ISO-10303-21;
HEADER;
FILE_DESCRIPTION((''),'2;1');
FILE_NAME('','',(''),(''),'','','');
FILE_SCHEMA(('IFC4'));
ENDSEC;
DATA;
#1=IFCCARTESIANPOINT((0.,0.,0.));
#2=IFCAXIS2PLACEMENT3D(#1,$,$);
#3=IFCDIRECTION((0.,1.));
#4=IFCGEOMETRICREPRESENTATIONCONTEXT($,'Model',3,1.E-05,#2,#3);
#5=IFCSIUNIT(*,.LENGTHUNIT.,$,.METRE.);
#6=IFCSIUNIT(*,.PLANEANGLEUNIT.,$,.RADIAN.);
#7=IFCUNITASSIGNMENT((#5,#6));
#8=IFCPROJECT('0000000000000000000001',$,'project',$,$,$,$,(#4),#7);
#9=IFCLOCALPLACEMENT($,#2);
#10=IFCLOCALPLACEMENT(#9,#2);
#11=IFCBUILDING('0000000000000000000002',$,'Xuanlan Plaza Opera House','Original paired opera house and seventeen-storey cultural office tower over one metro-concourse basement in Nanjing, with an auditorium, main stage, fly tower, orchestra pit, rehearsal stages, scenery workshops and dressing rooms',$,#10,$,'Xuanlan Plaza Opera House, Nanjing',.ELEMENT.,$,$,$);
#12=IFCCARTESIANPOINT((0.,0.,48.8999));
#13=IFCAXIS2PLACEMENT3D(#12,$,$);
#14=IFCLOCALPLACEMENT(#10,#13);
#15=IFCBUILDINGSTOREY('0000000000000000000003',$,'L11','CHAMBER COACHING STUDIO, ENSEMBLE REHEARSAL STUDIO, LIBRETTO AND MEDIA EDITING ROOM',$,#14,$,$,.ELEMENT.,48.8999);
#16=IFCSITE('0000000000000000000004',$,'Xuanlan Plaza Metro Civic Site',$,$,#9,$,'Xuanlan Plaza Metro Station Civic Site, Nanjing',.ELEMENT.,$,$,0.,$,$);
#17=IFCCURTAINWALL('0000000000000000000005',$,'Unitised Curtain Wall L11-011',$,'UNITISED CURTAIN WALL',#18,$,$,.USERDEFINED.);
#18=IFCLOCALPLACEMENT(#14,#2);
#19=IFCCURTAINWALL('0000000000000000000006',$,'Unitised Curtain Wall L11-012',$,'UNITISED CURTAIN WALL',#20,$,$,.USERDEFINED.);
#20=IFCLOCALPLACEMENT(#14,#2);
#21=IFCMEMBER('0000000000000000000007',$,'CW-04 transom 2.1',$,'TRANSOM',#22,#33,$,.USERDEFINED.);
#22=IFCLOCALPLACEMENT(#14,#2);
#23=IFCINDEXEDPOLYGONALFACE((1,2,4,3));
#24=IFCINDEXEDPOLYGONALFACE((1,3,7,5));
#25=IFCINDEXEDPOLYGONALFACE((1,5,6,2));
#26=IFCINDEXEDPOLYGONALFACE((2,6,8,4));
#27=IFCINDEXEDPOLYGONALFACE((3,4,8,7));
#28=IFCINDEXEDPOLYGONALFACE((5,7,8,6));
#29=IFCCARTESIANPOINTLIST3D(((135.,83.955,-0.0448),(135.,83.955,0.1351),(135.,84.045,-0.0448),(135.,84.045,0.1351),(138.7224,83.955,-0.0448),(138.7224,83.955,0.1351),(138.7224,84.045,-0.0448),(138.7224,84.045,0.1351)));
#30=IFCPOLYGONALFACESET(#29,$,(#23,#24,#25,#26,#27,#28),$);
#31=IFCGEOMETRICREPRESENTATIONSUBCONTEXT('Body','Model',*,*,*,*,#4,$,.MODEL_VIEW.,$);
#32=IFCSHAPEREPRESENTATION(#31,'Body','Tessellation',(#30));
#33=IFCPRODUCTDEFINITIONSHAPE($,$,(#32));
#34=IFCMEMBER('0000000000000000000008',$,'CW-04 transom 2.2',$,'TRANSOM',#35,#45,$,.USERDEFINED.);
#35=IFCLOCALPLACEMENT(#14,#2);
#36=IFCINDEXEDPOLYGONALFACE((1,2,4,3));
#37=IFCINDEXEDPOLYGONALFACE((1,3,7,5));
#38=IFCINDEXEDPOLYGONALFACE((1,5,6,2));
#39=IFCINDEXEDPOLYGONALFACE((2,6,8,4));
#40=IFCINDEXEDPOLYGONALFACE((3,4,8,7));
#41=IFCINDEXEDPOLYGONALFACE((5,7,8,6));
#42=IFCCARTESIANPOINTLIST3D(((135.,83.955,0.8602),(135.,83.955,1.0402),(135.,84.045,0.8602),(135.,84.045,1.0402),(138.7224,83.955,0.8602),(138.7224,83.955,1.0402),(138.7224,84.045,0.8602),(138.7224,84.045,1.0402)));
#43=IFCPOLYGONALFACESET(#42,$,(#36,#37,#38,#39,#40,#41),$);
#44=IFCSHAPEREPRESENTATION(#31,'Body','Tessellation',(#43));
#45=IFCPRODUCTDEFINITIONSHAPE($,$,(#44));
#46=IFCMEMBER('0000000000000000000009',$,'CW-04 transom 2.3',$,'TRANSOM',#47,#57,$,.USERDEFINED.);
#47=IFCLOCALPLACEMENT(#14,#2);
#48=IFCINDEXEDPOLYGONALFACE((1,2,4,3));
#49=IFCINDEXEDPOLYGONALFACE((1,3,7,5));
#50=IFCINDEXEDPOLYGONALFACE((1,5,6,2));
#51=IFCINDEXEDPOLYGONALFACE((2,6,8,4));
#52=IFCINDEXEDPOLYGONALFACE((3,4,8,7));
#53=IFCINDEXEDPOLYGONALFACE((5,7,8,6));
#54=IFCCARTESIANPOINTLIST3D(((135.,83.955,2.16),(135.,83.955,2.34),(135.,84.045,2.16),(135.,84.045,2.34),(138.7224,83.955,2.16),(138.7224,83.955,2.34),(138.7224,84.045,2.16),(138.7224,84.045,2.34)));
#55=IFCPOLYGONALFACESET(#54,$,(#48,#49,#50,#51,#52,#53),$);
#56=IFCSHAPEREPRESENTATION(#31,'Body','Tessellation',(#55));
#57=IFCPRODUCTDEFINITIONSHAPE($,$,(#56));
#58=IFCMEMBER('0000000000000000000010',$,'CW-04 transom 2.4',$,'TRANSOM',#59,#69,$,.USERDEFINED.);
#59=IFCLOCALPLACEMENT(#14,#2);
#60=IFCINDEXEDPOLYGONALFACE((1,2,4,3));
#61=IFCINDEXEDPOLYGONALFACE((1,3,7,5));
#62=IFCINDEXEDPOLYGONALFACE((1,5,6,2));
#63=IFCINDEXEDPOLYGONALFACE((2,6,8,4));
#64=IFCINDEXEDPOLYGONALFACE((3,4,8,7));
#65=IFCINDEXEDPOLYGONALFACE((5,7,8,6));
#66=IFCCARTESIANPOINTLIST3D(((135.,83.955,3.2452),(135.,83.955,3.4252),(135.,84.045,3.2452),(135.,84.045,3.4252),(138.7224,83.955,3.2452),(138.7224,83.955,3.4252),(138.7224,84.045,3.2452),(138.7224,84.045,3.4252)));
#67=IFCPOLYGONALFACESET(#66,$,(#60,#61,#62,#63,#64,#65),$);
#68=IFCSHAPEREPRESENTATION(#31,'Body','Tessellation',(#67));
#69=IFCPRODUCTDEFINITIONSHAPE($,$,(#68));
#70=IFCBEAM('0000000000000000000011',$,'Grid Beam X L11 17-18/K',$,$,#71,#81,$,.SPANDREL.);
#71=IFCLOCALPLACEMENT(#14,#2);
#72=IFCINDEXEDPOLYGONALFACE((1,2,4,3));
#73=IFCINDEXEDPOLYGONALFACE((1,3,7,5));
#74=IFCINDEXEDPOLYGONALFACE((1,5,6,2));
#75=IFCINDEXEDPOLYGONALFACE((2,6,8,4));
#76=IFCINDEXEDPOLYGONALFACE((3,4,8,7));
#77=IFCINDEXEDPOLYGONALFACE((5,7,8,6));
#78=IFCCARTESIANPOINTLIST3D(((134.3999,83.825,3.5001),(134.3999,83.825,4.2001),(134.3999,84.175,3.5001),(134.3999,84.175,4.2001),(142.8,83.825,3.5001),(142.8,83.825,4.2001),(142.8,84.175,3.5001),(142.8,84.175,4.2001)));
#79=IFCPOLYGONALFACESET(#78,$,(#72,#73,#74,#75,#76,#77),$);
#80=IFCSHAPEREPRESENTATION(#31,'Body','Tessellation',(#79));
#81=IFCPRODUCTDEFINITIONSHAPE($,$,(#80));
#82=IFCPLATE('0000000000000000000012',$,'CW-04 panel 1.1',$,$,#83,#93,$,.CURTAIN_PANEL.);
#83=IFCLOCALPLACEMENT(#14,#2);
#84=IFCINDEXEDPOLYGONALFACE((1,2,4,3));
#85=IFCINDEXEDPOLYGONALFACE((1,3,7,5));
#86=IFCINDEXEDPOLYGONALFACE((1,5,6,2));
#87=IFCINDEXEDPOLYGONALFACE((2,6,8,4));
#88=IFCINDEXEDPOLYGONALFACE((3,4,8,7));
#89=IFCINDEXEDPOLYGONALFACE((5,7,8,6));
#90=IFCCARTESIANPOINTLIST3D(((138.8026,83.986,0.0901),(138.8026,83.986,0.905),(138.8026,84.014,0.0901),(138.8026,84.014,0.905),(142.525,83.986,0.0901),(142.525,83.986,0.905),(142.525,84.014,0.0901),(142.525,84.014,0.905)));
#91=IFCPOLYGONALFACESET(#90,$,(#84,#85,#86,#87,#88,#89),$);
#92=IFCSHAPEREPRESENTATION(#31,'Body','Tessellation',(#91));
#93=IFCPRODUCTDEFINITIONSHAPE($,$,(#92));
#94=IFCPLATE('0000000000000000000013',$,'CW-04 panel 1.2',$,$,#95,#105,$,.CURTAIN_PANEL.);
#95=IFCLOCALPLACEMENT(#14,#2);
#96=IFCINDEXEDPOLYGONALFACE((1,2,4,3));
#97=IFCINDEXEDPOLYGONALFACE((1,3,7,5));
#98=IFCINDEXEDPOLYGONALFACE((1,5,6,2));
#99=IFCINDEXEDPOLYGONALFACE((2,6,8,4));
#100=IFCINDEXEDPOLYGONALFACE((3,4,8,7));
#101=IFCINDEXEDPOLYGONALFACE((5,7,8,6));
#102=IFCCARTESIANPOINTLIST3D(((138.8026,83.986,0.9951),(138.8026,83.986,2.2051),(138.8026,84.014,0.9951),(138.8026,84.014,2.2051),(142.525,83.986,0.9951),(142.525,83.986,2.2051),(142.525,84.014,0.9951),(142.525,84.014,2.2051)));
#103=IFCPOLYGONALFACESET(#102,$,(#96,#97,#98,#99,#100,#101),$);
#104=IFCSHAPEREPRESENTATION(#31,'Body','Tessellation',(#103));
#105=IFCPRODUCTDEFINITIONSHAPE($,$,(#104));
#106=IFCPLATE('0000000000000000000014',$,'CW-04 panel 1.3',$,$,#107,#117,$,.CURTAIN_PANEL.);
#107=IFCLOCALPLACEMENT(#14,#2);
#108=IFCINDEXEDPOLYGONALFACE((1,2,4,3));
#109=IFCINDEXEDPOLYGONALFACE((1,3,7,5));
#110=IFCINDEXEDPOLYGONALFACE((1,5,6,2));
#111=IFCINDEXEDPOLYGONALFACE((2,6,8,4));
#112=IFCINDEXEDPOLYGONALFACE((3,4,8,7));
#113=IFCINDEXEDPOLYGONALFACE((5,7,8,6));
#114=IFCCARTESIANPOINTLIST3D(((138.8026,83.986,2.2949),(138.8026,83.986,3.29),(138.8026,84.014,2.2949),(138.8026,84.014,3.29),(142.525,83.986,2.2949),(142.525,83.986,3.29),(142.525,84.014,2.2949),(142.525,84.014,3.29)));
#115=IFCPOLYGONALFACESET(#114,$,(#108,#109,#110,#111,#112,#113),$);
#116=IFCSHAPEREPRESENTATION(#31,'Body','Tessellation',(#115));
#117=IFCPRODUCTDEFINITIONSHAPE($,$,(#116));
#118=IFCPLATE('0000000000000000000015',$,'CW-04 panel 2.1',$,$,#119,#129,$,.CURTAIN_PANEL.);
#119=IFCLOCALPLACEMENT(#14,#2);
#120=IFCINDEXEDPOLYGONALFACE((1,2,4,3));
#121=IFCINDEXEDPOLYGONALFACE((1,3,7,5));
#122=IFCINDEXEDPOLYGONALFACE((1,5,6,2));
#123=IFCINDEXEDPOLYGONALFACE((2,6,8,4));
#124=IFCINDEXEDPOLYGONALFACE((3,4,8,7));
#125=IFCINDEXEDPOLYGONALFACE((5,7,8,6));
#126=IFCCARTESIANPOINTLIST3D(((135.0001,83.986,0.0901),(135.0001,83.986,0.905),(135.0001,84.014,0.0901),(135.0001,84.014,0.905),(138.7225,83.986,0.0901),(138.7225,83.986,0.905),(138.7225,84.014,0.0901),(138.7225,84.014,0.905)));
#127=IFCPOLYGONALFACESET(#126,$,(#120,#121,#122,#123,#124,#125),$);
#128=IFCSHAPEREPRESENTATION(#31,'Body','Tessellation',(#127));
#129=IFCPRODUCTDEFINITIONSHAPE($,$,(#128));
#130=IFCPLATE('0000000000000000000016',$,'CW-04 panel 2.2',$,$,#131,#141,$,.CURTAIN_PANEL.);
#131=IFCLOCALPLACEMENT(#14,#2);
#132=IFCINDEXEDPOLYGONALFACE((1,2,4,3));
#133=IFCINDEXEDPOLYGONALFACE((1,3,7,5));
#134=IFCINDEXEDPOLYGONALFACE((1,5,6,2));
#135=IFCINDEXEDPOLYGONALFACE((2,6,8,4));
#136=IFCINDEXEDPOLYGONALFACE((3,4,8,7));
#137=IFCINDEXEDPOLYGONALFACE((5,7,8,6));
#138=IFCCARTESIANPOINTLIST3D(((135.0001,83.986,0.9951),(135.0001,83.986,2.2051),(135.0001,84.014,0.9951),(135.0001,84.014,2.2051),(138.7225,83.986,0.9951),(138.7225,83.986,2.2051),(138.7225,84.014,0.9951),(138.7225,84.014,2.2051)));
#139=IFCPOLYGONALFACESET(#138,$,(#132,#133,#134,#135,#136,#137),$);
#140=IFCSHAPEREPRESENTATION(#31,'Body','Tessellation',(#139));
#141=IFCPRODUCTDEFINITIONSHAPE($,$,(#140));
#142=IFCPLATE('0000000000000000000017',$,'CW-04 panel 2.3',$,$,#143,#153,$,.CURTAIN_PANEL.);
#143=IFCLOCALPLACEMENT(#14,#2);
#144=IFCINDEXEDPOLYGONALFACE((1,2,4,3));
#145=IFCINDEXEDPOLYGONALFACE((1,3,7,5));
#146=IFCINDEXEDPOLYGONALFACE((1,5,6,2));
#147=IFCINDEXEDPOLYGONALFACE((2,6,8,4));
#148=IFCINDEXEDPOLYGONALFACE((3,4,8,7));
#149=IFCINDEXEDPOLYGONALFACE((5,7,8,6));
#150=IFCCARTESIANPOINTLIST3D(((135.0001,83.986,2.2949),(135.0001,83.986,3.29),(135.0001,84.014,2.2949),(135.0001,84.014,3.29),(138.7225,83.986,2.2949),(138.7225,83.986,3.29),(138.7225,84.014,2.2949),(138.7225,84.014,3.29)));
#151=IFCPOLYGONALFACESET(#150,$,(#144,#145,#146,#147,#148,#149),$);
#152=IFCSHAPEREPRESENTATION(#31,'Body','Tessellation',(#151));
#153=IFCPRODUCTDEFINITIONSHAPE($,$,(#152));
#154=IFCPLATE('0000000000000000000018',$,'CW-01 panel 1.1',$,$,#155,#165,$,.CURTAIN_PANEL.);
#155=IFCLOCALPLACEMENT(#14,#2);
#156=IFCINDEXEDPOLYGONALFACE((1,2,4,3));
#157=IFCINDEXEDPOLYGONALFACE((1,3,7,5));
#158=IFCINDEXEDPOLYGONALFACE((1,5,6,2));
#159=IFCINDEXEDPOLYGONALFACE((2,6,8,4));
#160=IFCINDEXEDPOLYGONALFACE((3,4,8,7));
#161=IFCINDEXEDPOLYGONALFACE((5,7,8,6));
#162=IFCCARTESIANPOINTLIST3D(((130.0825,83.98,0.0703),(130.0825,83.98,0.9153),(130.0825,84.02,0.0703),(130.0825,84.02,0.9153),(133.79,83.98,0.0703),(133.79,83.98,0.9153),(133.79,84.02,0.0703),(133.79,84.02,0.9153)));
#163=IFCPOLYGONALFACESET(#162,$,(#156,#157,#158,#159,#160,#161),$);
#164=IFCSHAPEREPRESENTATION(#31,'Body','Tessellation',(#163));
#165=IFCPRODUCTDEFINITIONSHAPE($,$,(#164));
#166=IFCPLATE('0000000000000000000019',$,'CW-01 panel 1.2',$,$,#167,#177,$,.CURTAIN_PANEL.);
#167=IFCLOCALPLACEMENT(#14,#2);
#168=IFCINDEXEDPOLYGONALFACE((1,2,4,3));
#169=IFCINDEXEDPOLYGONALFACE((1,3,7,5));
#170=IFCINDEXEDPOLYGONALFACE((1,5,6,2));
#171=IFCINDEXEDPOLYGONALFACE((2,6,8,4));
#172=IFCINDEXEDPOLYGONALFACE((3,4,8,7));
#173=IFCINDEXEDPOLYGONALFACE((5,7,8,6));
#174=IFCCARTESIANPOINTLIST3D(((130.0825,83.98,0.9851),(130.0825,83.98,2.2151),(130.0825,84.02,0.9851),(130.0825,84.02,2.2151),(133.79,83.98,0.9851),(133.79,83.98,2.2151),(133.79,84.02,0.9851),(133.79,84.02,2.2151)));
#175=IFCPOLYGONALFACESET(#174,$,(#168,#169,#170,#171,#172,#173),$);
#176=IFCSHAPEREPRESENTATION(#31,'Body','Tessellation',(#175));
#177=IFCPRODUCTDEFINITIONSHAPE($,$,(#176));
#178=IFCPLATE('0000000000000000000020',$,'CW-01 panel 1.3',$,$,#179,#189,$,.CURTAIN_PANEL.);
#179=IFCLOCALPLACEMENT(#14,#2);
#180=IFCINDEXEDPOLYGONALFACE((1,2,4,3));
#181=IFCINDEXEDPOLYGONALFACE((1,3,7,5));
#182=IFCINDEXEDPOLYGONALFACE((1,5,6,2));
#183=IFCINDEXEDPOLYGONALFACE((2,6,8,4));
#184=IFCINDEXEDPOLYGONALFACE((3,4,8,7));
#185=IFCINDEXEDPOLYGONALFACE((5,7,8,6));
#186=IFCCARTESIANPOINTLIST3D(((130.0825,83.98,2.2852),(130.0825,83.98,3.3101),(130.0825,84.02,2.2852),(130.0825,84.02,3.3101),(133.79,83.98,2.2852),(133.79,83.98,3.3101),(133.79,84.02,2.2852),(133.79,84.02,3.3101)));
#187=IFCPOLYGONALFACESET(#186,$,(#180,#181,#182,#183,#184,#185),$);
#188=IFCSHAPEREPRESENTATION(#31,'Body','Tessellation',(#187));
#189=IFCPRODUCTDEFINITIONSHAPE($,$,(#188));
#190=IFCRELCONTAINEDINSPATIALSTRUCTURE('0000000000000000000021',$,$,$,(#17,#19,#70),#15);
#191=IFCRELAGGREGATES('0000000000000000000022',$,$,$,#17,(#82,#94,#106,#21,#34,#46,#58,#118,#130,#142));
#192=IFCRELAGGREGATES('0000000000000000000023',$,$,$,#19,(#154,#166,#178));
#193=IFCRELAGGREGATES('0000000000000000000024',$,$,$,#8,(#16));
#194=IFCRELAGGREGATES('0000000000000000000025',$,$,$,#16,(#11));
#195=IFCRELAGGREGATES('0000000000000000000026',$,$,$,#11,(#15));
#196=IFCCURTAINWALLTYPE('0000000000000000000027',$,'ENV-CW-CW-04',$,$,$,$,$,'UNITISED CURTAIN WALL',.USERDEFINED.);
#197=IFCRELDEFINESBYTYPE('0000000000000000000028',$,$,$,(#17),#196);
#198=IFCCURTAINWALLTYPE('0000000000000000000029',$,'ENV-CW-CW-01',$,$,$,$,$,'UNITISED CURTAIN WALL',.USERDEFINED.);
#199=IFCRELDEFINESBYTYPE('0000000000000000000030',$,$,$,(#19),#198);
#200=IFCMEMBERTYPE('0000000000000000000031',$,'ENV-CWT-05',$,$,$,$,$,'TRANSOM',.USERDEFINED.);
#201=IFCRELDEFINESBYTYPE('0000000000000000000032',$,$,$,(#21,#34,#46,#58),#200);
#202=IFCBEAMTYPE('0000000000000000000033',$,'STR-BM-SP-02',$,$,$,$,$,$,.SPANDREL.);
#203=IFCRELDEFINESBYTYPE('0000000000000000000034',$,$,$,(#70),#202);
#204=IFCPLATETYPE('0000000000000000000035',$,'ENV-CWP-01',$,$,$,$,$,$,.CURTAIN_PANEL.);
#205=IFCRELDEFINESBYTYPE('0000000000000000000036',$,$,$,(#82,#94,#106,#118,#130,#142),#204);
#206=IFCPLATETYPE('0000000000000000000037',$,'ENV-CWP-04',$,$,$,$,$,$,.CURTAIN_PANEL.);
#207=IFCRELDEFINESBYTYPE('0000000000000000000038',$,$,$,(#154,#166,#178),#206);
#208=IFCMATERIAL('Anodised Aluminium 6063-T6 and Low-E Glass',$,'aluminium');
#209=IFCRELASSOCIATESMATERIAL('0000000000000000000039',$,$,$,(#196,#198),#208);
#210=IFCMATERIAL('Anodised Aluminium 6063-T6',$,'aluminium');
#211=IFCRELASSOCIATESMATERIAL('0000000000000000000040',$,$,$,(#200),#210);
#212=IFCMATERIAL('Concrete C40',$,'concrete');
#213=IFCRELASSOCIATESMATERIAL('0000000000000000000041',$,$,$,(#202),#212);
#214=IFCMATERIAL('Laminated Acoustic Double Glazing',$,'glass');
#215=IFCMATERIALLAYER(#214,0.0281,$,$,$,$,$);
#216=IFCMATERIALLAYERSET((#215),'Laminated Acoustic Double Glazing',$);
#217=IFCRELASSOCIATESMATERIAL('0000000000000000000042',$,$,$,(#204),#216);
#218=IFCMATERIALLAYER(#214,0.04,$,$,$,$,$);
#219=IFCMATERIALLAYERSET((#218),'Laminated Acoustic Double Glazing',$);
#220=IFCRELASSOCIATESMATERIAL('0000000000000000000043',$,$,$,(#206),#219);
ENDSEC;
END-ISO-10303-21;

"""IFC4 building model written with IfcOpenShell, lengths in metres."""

from ifc_helpers import new_model, si_unit, direction, frame, origin, origin_2d, place, context, subcontext, project, spatial, rectangle, extrude, material, layer, layer_set, material_profile, profile_set, type_object, element, aggregate, save


model = new_model("IFC4")

# Units and contexts
model_context = context("Model", 3, precision=1e-05, world=origin(), true_north=direction((0.0, 1.0)))
body_context = subcontext(model_context, "Body", "Model", "MODEL_VIEW")
ifc_project = project(units=[si_unit("LENGTHUNIT", "METRE"), si_unit("PLANEANGLEUNIT", "RADIAN")], contexts=[model_context])

# Site, building, storey
site_placement = place(None, origin())
site = spatial("IfcSite", under=ifc_project, at=site_placement, Name="Xuanlan Plaza Metro Civic Site", LongName="Xuanlan Plaza Metro Station Civic Site, Nanjing", CompositionType="ELEMENT", RefElevation=0.0)
building_placement = place(site_placement, origin())
building = spatial("IfcBuilding", under=site, at=building_placement, Name="Xuanlan Plaza Opera House", Description="Original paired opera house and seventeen-storey cultural office tower over one metro-concourse basement in Nanjing, with an auditorium, main stage, fly tower, orchestra pit, rehearsal stages, scenery workshops and dressing rooms", LongName="Xuanlan Plaza Opera House, Nanjing", CompositionType="ELEMENT")
storey_placement = place(building_placement, frame((0.0, 0.0, 48.8999)))
storey = spatial("IfcBuildingStorey", under=building, at=storey_placement, Name="L11", Description="CHAMBER COACHING STUDIO, ENSEMBLE REHEARSAL STUDIO, LIBRETTO AND MEDIA EDITING ROOM", CompositionType="ELEMENT", Elevation=48.8999)

# Curtain walls
ifc_material_1 = material(Name="Anodised Aluminium 6063-T6 and Low-E Glass", Category="aluminium")
curtain_wall_type_1 = type_object("IfcCurtainWallType", Name="ENV-CW-CW-04", ElementType="UNITISED CURTAIN WALL", PredefinedType="USERDEFINED", material=ifc_material_1)
curtain_wall_1_placement = place(storey_placement, origin())
curtain_wall_1 = element("IfcCurtainWall", 1, at=curtain_wall_1_placement, inside=storey, type_object=curtain_wall_type_1, Name="Unitised Curtain Wall L11-011", ObjectType="UNITISED CURTAIN WALL", PredefinedType="USERDEFINED")
ifc_material_2 = material(Name="Anodised Aluminium 6063-T6", Category="aluminium")
curtain_wall_type_2 = type_object("IfcCurtainWallType", Name="ENV-CW-CW-01", ElementType="UNITISED CURTAIN WALL", PredefinedType="USERDEFINED", material=ifc_material_1)
curtain_wall_2_placement = place(storey_placement, origin())
curtain_wall_2 = element("IfcCurtainWall", 2, at=curtain_wall_2_placement, inside=storey, type_object=curtain_wall_type_2, Name="Unitised Curtain Wall L11-012", ObjectType="UNITISED CURTAIN WALL", PredefinedType="USERDEFINED")

# Members
ifc_material_profile_1 = material_profile(ifc_material_2, rectangle(XDim=0.0901, YDim=0.1799, at=origin_2d()), Name="ALU-T 90x180")
ifc_profile_set_1 = profile_set([ifc_material_profile_1], Name="Anodised Aluminium 6063-T6")
member_type_1 = type_object("IfcMemberType", Name="ENV-CWT-05", ElementType="TRANSOM", PredefinedType="USERDEFINED", material=ifc_profile_set_1)
member_1_placement = place(storey_placement, frame((138.7224, 84.0, 0.0452), z_axis=(-1.0, 0.0, 0.0), x_axis=(0.0, -1.0, 0.0)))
member_1 = element("IfcMember", 3, at=member_1_placement, type_object=member_type_1, Name="CW-04 transom 2.1", ObjectType="TRANSOM", PredefinedType="USERDEFINED", context=body_context, shape_type="SweptSolid", body=[
    extrude(rectangle(XDim=0.0901, YDim=0.1799, at=origin_2d()), origin(), (0.0, 0.0, 1.0), 3.7224),
])
member_2_placement = place(storey_placement, frame((138.7224, 84.0, 0.9502), z_axis=(-1.0, 0.0, 0.0), x_axis=(0.0, -1.0, 0.0)))
member_2 = element("IfcMember", 4, at=member_2_placement, type_object=member_type_1, Name="CW-04 transom 2.2", ObjectType="TRANSOM", PredefinedType="USERDEFINED", context=body_context, shape_type="SweptSolid", body=[
    extrude(rectangle(XDim=0.0901, YDim=0.1799, at=origin_2d()), origin(), (0.0, 0.0, 1.0), 3.7224),
])
member_3_placement = place(storey_placement, frame((138.7224, 84.0, 2.25), z_axis=(-1.0, 0.0, 0.0), x_axis=(0.0, -1.0, 0.0)))
member_3 = element("IfcMember", 5, at=member_3_placement, type_object=member_type_1, Name="CW-04 transom 2.3", ObjectType="TRANSOM", PredefinedType="USERDEFINED", context=body_context, shape_type="SweptSolid", body=[
    extrude(rectangle(XDim=0.0901, YDim=0.1799, at=origin_2d()), origin(), (0.0, 0.0, 1.0), 3.7224),
])
member_4_placement = place(storey_placement, frame((138.7224, 84.0, 3.3352), z_axis=(-1.0, 0.0, 0.0), x_axis=(0.0, -1.0, 0.0)))
member_4 = element("IfcMember", 6, at=member_4_placement, type_object=member_type_1, Name="CW-04 transom 2.4", ObjectType="TRANSOM", PredefinedType="USERDEFINED", context=body_context, shape_type="SweptSolid", body=[
    extrude(rectangle(XDim=0.0901, YDim=0.1799, at=origin_2d()), origin(), (0.0, 0.0, 1.0), 3.7224),
])

# Beam
ifc_material_3 = material(Name="Concrete C40", Category="concrete")
ifc_material_profile_2 = material_profile(ifc_material_3, rectangle(XDim=0.3501, YDim=0.7, at=origin_2d()), Name="RC-SPD 350x700")
ifc_profile_set_2 = profile_set([ifc_material_profile_2], Name="Concrete C40")
beam_type = type_object("IfcBeamType", Name="STR-BM-SP-02", PredefinedType="SPANDREL", material=ifc_profile_set_2)
beam_placement = place(storey_placement, frame((134.3999, 84.0, 3.8501), z_axis=(1.0, 0.0, 0.0), x_axis=(0.0, 1.0, 0.0)))
element("IfcBeam", 7, at=beam_placement, inside=storey, type_object=beam_type, Name="Grid Beam X L11 17-18/K", PredefinedType="SPANDREL", context=body_context, shape_type="SweptSolid", body=[
    extrude(rectangle(XDim=0.3501, YDim=0.7, at=origin_2d()), origin(), (0.0, 0.0, 1.0), 8.4001),
])

# Plates
ifc_material_4 = material(Name="Laminated Acoustic Double Glazing", Category="glass")
ifc_layer_1 = layer(ifc_material_4, 0.0281)
ifc_layer_set_1 = layer_set([ifc_layer_1], Name="Laminated Acoustic Double Glazing")
plate_type_1 = type_object("IfcPlateType", Name="ENV-CWP-01", PredefinedType="CURTAIN_PANEL", material=ifc_layer_set_1)
plate_1_placement = place(storey_placement, frame((140.6638, 84.0, 0.0901), z_axis=(0.0, 0.0, 1.0), x_axis=(-1.0, 0.0, 0.0)))
plate_1 = element("IfcPlate", 8, at=plate_1_placement, type_object=plate_type_1, Name="CW-04 panel 1.1", PredefinedType="CURTAIN_PANEL", context=body_context, shape_type="SweptSolid", body=[
    extrude(rectangle(XDim=3.7224, YDim=0.0281, at=origin_2d()), origin(), (0.0, 0.0, 1.0), 0.8149),
])
plate_2_placement = place(storey_placement, frame((140.6638, 84.0, 0.9951), z_axis=(0.0, 0.0, 1.0), x_axis=(-1.0, 0.0, 0.0)))
plate_2 = element("IfcPlate", 9, at=plate_2_placement, type_object=plate_type_1, Name="CW-04 panel 1.2", PredefinedType="CURTAIN_PANEL", context=body_context, shape_type="SweptSolid", body=[
    extrude(rectangle(XDim=3.7224, YDim=0.0281, at=origin_2d()), origin(), (0.0, 0.0, 1.0), 1.21),
])
plate_3_placement = place(storey_placement, frame((140.6638, 84.0, 2.2949), z_axis=(0.0, 0.0, 1.0), x_axis=(-1.0, 0.0, 0.0)))
plate_3 = element("IfcPlate", 10, at=plate_3_placement, type_object=plate_type_1, Name="CW-04 panel 1.3", PredefinedType="CURTAIN_PANEL", context=body_context, shape_type="SweptSolid", body=[
    extrude(rectangle(XDim=3.7224, YDim=0.0281, at=origin_2d()), origin(), (0.0, 0.0, 1.0), 0.9951),
])
plate_4_placement = place(storey_placement, frame((136.8613, 84.0, 0.0901), z_axis=(0.0, 0.0, 1.0), x_axis=(-1.0, 0.0, 0.0)))
plate_4 = element("IfcPlate", 11, at=plate_4_placement, type_object=plate_type_1, Name="CW-04 panel 2.1", PredefinedType="CURTAIN_PANEL", context=body_context, shape_type="SweptSolid", body=[
    extrude(rectangle(XDim=3.7224, YDim=0.0281, at=origin_2d()), origin(), (0.0, 0.0, 1.0), 0.8149),
])
plate_5_placement = place(storey_placement, frame((136.8613, 84.0, 0.9951), z_axis=(0.0, 0.0, 1.0), x_axis=(-1.0, 0.0, 0.0)))
plate_5 = element("IfcPlate", 12, at=plate_5_placement, type_object=plate_type_1, Name="CW-04 panel 2.2", PredefinedType="CURTAIN_PANEL", context=body_context, shape_type="SweptSolid", body=[
    extrude(rectangle(XDim=3.7224, YDim=0.0281, at=origin_2d()), origin(), (0.0, 0.0, 1.0), 1.21),
])
plate_6_placement = place(storey_placement, frame((136.8613, 84.0, 2.2949), z_axis=(0.0, 0.0, 1.0), x_axis=(-1.0, 0.0, 0.0)))
plate_6 = element("IfcPlate", 13, at=plate_6_placement, type_object=plate_type_1, Name="CW-04 panel 2.3", PredefinedType="CURTAIN_PANEL", context=body_context, shape_type="SweptSolid", body=[
    extrude(rectangle(XDim=3.7224, YDim=0.0281, at=origin_2d()), origin(), (0.0, 0.0, 1.0), 0.9951),
])
aggregate(curtain_wall_1, [plate_1, plate_2, plate_3, member_1, member_2, member_3, member_4, plate_4, plate_5, plate_6])
ifc_layer_2 = layer(ifc_material_4, 0.04)
ifc_layer_set_2 = layer_set([ifc_layer_2], Name="Laminated Acoustic Double Glazing")
plate_type_2 = type_object("IfcPlateType", Name="ENV-CWP-04", PredefinedType="CURTAIN_PANEL", material=ifc_layer_set_2)
plate_7_placement = place(storey_placement, frame((131.9363, 84.0, 0.0703), z_axis=(0.0, 0.0, 1.0), x_axis=(-1.0, 0.0, 0.0)))
plate_7 = element("IfcPlate", 14, at=plate_7_placement, type_object=plate_type_2, Name="CW-01 panel 1.1", PredefinedType="CURTAIN_PANEL", context=body_context, shape_type="SweptSolid", body=[
    extrude(rectangle(XDim=3.7075, YDim=0.04, at=origin_2d()), origin(), (0.0, 0.0, 1.0), 0.845),
])
plate_8_placement = place(storey_placement, frame((131.9363, 84.0, 0.9851), z_axis=(0.0, 0.0, 1.0), x_axis=(-1.0, 0.0, 0.0)))
plate_8 = element("IfcPlate", 15, at=plate_8_placement, type_object=plate_type_2, Name="CW-01 panel 1.2", PredefinedType="CURTAIN_PANEL", context=body_context, shape_type="SweptSolid", body=[
    extrude(rectangle(XDim=3.7075, YDim=0.04, at=origin_2d()), origin(), (0.0, 0.0, 1.0), 1.23),
])
plate_9_placement = place(storey_placement, frame((131.9363, 84.0, 2.2852), z_axis=(0.0, 0.0, 1.0), x_axis=(-1.0, 0.0, 0.0)))
plate_9 = element("IfcPlate", 16, at=plate_9_placement, type_object=plate_type_2, Name="CW-01 panel 1.3", PredefinedType="CURTAIN_PANEL", context=body_context, shape_type="SweptSolid", body=[
    extrude(rectangle(XDim=3.7075, YDim=0.04, at=origin_2d()), origin(), (0.0, 0.0, 1.0), 1.0249),
])
aggregate(curtain_wall_2, [plate_7, plate_8, plate_9])

save(model, "model.ifc")
